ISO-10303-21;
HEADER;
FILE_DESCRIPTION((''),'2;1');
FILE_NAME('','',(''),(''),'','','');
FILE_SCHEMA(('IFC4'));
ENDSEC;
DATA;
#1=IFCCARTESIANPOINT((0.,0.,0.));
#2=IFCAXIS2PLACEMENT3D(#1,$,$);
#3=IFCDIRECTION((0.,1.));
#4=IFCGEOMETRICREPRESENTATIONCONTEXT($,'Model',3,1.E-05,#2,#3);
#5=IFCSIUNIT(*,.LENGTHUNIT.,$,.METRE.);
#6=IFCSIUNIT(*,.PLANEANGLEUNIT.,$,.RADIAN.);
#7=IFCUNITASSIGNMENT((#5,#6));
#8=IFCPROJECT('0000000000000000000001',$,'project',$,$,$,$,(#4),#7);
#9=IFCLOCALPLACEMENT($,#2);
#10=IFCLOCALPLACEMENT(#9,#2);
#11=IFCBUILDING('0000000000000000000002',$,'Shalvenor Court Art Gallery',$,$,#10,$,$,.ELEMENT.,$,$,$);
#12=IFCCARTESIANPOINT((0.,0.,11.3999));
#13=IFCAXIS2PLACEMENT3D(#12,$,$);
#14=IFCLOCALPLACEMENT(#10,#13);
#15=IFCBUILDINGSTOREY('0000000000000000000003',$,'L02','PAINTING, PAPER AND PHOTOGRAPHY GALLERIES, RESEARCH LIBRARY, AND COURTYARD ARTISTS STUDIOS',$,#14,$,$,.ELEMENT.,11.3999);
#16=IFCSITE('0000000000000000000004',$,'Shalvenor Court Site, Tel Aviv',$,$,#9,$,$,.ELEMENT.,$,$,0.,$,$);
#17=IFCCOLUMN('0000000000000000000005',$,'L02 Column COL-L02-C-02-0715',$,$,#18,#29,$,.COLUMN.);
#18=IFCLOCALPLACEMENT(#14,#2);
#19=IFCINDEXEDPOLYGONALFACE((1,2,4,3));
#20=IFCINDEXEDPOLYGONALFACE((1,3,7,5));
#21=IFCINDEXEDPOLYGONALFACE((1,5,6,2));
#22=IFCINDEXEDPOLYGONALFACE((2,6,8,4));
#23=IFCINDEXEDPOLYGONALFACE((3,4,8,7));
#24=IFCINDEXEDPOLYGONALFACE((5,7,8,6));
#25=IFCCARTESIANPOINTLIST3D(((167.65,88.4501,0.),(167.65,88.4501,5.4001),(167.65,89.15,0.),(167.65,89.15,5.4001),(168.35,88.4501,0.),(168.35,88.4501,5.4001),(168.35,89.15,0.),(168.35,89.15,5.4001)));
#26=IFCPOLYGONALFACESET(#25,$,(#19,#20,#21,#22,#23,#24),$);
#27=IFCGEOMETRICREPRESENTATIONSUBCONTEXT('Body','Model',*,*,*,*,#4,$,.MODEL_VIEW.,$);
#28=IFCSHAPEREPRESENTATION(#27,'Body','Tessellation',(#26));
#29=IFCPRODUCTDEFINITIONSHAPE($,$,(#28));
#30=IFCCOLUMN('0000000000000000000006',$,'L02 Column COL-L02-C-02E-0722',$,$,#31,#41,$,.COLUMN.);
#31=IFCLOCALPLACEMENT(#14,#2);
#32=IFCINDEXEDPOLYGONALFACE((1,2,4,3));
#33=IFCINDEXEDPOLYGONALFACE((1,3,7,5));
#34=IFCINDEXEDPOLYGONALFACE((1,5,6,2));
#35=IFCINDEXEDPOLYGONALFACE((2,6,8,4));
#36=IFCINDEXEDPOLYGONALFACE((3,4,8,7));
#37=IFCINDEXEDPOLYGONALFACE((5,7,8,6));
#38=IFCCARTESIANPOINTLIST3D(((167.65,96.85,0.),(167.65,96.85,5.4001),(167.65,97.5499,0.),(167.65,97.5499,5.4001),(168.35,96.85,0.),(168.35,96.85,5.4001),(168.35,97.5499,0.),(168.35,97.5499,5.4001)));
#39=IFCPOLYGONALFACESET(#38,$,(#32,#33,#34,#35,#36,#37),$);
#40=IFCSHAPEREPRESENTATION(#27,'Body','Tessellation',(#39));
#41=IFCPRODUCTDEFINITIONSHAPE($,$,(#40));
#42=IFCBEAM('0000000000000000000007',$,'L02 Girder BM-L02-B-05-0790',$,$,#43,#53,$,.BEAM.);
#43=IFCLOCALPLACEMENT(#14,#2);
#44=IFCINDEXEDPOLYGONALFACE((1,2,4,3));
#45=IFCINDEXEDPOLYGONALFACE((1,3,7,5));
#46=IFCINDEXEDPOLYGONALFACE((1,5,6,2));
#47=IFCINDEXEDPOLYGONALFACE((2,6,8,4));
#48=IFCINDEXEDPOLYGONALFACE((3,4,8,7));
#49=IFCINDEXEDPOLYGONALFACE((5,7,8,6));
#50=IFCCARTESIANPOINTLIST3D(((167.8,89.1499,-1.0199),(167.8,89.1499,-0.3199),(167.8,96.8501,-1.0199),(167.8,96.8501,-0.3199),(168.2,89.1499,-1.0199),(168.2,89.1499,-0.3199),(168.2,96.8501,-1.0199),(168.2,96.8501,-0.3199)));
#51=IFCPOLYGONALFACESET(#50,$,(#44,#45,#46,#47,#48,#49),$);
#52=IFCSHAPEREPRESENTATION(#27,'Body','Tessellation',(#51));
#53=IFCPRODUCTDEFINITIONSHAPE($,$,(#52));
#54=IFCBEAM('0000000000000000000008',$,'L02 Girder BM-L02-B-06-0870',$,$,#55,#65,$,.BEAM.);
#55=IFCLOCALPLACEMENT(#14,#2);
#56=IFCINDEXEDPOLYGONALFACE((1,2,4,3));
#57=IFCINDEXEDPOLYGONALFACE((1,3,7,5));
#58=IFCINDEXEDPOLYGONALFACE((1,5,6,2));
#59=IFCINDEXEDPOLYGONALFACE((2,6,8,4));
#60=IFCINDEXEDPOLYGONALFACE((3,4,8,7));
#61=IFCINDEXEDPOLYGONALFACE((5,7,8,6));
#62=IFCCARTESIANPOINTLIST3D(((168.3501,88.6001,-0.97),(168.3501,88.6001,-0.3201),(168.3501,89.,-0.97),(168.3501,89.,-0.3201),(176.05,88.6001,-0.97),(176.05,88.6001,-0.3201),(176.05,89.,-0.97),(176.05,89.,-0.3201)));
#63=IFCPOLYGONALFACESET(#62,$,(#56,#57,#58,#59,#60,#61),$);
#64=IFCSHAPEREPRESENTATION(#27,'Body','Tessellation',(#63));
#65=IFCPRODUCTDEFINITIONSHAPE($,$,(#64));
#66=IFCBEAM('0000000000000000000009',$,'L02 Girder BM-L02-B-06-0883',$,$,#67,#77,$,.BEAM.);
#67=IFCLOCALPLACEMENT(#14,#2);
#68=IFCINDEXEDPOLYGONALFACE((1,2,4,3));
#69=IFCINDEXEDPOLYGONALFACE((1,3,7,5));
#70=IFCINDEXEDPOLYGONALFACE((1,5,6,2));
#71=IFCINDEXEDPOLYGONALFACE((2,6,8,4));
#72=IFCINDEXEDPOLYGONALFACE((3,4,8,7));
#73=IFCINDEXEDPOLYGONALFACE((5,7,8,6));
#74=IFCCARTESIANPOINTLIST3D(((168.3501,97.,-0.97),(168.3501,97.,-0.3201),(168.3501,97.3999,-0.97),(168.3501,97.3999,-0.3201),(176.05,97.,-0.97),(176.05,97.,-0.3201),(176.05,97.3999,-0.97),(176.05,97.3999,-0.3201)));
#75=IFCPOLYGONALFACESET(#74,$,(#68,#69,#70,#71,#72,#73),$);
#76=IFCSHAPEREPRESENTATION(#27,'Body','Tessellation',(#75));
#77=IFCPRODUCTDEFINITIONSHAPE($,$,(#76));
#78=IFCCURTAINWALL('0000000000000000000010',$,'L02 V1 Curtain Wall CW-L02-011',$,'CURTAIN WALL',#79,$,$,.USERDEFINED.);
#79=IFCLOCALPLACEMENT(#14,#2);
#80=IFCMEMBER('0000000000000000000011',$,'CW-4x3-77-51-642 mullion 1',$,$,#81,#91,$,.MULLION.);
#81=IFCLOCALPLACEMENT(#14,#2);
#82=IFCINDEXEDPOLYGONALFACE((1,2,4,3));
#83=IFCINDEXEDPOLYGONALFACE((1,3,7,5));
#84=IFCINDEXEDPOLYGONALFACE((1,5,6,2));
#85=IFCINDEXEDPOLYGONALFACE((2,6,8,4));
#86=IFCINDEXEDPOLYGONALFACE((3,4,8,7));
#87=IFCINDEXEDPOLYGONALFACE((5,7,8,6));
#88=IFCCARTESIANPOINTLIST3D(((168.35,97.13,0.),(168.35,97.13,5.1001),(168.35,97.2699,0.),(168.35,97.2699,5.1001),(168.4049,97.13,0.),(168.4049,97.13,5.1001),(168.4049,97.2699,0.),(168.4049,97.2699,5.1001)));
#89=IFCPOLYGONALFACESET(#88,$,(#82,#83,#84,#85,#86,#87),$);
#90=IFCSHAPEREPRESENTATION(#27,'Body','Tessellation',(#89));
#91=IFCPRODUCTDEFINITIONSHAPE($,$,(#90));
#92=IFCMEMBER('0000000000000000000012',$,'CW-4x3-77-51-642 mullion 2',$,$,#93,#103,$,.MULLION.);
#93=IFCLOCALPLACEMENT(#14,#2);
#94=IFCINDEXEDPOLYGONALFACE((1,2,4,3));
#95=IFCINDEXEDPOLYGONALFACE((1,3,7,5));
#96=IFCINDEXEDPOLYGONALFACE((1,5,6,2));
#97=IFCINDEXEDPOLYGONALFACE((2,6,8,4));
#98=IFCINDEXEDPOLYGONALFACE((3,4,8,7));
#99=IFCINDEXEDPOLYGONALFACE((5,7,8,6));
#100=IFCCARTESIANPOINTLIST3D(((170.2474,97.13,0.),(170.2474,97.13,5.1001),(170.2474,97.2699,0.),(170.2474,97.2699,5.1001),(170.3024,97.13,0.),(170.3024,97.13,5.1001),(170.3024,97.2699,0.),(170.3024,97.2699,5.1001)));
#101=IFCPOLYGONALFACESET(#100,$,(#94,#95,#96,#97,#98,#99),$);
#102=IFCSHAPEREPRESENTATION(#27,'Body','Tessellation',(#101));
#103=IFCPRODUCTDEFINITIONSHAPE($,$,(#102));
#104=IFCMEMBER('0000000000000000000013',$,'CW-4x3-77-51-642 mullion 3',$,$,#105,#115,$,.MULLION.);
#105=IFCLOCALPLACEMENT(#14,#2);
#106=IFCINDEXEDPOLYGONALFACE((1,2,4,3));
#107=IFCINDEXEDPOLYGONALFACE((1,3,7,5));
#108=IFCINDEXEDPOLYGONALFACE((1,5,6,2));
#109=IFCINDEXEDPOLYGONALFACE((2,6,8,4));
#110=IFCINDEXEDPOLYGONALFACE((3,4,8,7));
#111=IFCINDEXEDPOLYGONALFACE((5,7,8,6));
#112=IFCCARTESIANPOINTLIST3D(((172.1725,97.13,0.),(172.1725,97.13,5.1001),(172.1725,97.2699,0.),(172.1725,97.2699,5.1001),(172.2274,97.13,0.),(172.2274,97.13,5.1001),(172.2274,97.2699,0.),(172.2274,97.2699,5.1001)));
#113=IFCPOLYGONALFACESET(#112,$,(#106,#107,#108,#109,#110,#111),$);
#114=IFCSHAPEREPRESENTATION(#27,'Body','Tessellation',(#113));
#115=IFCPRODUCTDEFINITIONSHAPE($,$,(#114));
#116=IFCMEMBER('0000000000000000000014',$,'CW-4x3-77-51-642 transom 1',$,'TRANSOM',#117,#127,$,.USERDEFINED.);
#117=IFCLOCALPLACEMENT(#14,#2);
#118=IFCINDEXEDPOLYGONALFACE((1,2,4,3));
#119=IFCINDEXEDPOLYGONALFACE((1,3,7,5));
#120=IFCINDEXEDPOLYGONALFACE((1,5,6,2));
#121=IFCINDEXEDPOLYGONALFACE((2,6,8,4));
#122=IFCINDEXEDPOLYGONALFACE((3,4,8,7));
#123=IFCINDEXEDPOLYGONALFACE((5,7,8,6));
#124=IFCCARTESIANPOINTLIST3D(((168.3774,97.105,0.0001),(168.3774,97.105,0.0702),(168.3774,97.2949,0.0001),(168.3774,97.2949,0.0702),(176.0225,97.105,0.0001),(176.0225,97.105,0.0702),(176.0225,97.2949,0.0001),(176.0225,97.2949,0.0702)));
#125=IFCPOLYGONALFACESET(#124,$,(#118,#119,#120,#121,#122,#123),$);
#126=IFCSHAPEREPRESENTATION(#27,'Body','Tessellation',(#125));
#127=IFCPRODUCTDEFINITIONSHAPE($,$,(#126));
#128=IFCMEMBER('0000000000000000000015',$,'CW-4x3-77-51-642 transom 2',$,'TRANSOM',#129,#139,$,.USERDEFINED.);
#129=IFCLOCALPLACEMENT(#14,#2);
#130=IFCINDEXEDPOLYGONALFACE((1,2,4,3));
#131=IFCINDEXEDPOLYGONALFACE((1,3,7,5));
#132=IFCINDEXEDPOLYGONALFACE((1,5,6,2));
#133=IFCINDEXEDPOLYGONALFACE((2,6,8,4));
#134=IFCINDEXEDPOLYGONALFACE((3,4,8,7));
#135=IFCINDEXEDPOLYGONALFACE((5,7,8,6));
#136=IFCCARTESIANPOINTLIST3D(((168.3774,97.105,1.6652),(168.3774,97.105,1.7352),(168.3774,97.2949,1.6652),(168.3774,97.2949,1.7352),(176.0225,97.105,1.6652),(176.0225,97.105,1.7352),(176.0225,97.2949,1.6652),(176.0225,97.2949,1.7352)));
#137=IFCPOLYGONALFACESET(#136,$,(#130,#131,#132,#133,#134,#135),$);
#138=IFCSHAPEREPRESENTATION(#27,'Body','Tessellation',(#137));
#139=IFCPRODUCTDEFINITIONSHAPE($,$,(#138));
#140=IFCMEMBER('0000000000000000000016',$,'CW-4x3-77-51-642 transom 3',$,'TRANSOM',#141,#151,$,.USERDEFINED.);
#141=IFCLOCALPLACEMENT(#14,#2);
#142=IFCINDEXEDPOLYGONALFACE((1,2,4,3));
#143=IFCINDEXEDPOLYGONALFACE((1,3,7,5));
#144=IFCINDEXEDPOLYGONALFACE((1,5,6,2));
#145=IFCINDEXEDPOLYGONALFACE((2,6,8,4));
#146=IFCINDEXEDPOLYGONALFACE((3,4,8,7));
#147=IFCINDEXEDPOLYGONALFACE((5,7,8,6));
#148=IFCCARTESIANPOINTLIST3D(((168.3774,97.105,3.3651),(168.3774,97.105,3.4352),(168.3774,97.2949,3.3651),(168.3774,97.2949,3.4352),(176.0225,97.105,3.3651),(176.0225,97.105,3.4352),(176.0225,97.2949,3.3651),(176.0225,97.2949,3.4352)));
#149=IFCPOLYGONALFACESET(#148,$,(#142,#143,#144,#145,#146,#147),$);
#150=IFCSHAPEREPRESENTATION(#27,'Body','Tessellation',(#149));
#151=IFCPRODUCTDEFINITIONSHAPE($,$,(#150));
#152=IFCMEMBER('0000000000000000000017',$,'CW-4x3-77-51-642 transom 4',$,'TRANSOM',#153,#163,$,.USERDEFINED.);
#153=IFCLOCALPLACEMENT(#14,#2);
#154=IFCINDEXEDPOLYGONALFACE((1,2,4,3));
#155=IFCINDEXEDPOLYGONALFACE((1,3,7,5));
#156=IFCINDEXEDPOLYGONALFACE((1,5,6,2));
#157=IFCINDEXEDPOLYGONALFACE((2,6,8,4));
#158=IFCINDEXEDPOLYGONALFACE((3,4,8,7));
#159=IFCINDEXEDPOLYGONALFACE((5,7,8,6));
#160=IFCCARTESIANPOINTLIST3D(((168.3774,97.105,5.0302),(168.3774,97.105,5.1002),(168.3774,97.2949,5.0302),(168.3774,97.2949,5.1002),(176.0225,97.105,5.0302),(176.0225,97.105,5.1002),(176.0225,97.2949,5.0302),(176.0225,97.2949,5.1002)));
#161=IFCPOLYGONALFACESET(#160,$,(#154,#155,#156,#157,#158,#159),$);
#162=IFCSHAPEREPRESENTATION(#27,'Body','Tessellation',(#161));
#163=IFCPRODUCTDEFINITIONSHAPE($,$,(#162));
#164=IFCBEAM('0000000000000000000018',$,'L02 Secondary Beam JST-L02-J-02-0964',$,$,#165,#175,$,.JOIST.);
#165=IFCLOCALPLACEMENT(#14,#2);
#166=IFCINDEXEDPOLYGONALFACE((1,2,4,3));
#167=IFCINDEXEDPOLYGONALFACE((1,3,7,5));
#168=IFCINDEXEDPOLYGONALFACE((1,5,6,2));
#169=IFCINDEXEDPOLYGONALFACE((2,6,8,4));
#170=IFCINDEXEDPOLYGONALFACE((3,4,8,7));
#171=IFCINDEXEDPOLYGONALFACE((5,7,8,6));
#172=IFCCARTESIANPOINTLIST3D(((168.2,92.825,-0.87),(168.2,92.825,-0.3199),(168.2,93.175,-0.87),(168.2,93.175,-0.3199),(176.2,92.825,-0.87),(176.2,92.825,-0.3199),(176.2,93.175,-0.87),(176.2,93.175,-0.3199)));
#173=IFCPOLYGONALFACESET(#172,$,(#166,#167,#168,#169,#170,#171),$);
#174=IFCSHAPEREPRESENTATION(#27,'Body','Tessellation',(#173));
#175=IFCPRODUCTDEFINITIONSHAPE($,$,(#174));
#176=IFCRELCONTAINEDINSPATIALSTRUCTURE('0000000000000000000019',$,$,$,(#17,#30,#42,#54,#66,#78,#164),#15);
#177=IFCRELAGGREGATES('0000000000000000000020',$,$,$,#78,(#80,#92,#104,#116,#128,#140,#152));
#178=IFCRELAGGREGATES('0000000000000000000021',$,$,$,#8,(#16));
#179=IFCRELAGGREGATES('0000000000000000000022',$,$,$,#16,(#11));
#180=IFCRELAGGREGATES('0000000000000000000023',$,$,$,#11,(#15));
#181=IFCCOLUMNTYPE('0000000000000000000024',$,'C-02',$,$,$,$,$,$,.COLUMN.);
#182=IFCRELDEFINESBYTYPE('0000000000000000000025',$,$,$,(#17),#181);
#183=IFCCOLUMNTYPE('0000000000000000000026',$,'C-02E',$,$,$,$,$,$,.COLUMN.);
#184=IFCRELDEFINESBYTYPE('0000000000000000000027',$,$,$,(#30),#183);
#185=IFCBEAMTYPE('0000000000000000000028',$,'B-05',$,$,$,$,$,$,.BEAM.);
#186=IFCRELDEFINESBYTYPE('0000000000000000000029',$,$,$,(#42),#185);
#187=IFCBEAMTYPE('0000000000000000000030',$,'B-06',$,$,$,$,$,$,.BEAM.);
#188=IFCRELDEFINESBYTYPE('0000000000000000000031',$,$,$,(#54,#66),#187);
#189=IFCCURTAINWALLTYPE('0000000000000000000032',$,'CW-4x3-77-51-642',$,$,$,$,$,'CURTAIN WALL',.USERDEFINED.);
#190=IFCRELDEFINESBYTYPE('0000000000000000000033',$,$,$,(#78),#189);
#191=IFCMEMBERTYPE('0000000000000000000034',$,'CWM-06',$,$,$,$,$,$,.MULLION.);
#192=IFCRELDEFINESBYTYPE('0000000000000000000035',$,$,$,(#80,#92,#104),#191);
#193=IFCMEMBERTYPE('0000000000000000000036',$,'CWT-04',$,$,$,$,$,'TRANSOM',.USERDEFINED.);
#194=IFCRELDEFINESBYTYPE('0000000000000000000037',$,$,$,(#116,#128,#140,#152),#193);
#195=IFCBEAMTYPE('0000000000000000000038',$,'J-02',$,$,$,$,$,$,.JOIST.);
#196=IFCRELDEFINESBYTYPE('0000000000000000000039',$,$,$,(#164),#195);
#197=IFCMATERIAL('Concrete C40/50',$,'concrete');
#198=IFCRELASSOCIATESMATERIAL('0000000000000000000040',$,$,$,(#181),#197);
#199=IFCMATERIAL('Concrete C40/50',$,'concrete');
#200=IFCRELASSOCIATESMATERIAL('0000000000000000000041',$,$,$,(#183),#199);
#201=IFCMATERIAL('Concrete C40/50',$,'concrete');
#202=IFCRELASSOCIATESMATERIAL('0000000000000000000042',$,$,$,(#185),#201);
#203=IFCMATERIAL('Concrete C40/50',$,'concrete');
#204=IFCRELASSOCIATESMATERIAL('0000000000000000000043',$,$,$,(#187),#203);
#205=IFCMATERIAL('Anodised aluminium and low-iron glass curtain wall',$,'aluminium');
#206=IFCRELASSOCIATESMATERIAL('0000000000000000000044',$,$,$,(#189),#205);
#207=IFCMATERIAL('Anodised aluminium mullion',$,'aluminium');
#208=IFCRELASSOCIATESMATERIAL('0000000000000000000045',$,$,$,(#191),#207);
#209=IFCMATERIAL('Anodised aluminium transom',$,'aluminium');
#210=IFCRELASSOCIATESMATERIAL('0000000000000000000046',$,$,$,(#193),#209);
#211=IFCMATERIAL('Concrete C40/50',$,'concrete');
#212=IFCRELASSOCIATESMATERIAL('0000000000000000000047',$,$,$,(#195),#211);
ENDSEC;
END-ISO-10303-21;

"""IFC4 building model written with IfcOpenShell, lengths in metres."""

from ifc_helpers import new_model, si_unit, direction, frame, origin, origin_2d, place, context, subcontext, project, spatial, rectangle, extrude, material, material_profile, profile_set, type_object, element, aggregate, save


model = new_model("IFC4")

# Units and contexts
model_context = context("Model", 3, precision=1e-05, world=origin(), true_north=direction((0.0, 1.0)))
body_context = subcontext(model_context, "Body", "Model", "MODEL_VIEW")
ifc_project = project(units=[si_unit("LENGTHUNIT", "METRE"), si_unit("PLANEANGLEUNIT", "RADIAN")], contexts=[model_context])

# Site, building, storey
site_placement = place(None, origin())
site = spatial("IfcSite", under=ifc_project, at=site_placement, Name="Shalvenor Court Site, Tel Aviv", CompositionType="ELEMENT", RefElevation=0.0)
building_placement = place(site_placement, origin())
building = spatial("IfcBuilding", under=site, at=building_placement, Name="Shalvenor Court Art Gallery", CompositionType="ELEMENT")
storey_placement = place(building_placement, frame((0.0, 0.0, 11.3999)))
storey = spatial("IfcBuildingStorey", under=building, at=storey_placement, Name="L02", Description="PAINTING, PAPER AND PHOTOGRAPHY GALLERIES, RESEARCH LIBRARY, AND COURTYARD ARTISTS STUDIOS", CompositionType="ELEMENT", Elevation=11.3999)

# Columns
ifc_material_1 = material(Name="Concrete C40/50", Category="concrete")
ifc_material_profile_1 = material_profile(ifc_material_1, rectangle(XDim=0.7, YDim=0.7, at=origin_2d()), Name="RC 700x700")
ifc_profile_set_1 = profile_set([ifc_material_profile_1], Name="Concrete C40/50")
column_type_1 = type_object("IfcColumnType", Name="C-02", PredefinedType="COLUMN", material=ifc_profile_set_1)
column_1_placement = place(storey_placement, frame((168.0, 88.8, 0.0), z_axis=(0.0, 0.0, 1.0), x_axis=(1.0, 0.0, 0.0)))
element("IfcColumn", 1, at=column_1_placement, inside=storey, type_object=column_type_1, Name="L02 Column COL-L02-C-02-0715", PredefinedType="COLUMN", context=body_context, shape_type="SweptSolid", body=[
    extrude(rectangle(XDim=0.7, YDim=0.7, at=origin_2d()), origin(), (0.0, 0.0, 1.0), 5.4001),
])
ifc_material_2 = material(Name="Concrete C40/50", Category="concrete")
ifc_material_profile_2 = material_profile(ifc_material_2, rectangle(XDim=0.7, YDim=0.7, at=origin_2d()), Name="RC 700x700")
ifc_profile_set_2 = profile_set([ifc_material_profile_2], Name="Concrete C40/50")
column_type_2 = type_object("IfcColumnType", Name="C-02E", PredefinedType="COLUMN", material=ifc_profile_set_2)
column_2_placement = place(storey_placement, frame((168.0, 97.2, 0.0), z_axis=(0.0, 0.0, 1.0), x_axis=(1.0, 0.0, 0.0)))
element("IfcColumn", 2, at=column_2_placement, inside=storey, type_object=column_type_2, Name="L02 Column COL-L02-C-02E-0722", PredefinedType="COLUMN", context=body_context, shape_type="SweptSolid", body=[
    extrude(rectangle(XDim=0.7, YDim=0.7, at=origin_2d()), origin(), (0.0, 0.0, 1.0), 5.4001),
])

# Beams
ifc_material_3 = material(Name="Concrete C40/50", Category="concrete")
ifc_material_profile_3 = material_profile(ifc_material_3, rectangle(XDim=0.3999, YDim=0.7, at=origin_2d()), Name="RC 400x700")
ifc_profile_set_3 = profile_set([ifc_material_profile_3], Name="Concrete C40/50")
beam_type_1 = type_object("IfcBeamType", Name="B-05", PredefinedType="BEAM", material=ifc_profile_set_3)
beam_1_placement = place(storey_placement, frame((168.0, 89.1499, -0.6699), z_axis=(0.0, 1.0, 0.0), x_axis=(-1.0, 0.0, 0.0)))
element("IfcBeam", 3, at=beam_1_placement, inside=storey, type_object=beam_type_1, Name="L02 Girder BM-L02-B-05-0790", PredefinedType="BEAM", context=body_context, shape_type="SweptSolid", body=[
    extrude(rectangle(XDim=0.3999, YDim=0.7, at=origin_2d()), origin(), (0.0, 0.0, 1.0), 7.7002),
])
ifc_material_4 = material(Name="Concrete C40/50", Category="concrete")
ifc_material_profile_4 = material_profile(ifc_material_4, rectangle(XDim=0.3999, YDim=0.6499, at=origin_2d()), Name="RC 400x650")
ifc_profile_set_4 = profile_set([ifc_material_profile_4], Name="Concrete C40/50")
beam_type_2 = type_object("IfcBeamType", Name="B-06", PredefinedType="BEAM", material=ifc_profile_set_4)
for number, where, z_axis, x_axis, name in (
    (4, (168.3501, 88.8, -0.645), (1.0, 0.0, 0.0), (0.0, 1.0, 0.0), "L02 Girder BM-L02-B-06-0870"),
    (5, (168.3501, 97.2, -0.645), (1.0, 0.0, 0.0), (0.0, 1.0, 0.0), "L02 Girder BM-L02-B-06-0883"),
):
    element("IfcBeam", number, at=place(storey_placement, frame(where, z_axis=z_axis, x_axis=x_axis)), inside=storey, type_object=beam_type_2, Name=name, PredefinedType="BEAM", context=body_context, shape_type="SweptSolid", body=[
        extrude(rectangle(XDim=0.3999, YDim=0.6499, at=origin_2d()), origin(), (0.0, 0.0, 1.0), 7.7),
    ])

# Curtain wall, members
ifc_material_5 = material(Name="Anodised aluminium and low-iron glass curtain wall", Category="aluminium")
curtain_wall_type = type_object("IfcCurtainWallType", Name="CW-4x3-77-51-642", ElementType="CURTAIN WALL", PredefinedType="USERDEFINED", material=ifc_material_5)
curtain_wall_placement = place(storey_placement, origin())
curtain_wall = element("IfcCurtainWall", 6, at=curtain_wall_placement, inside=storey, type_object=curtain_wall_type, Name="L02 V1 Curtain Wall CW-L02-011", ObjectType="CURTAIN WALL", PredefinedType="USERDEFINED")
ifc_material_6 = material(Name="Anodised aluminium mullion", Category="aluminium")
ifc_material_profile_5 = material_profile(ifc_material_6, rectangle(XDim=0.0549, YDim=0.1399, at=origin_2d()), Name="CWM-06")
ifc_profile_set_5 = profile_set([ifc_material_profile_5], Name="Anodised aluminium mullion")
member_type_1 = type_object("IfcMemberType", Name="CWM-06", PredefinedType="MULLION", material=ifc_profile_set_5)
member_1_placement = place(storey_placement, frame((168.3774, 97.2, 0.0), z_axis=(0.0, 0.0, 1.0), x_axis=(1.0, 0.0, 0.0)))
member_1 = element("IfcMember", 7, at=member_1_placement, type_object=member_type_1, Name="CW-4x3-77-51-642 mullion 1", PredefinedType="MULLION", context=body_context, shape_type="SweptSolid", body=[
    extrude(rectangle(XDim=0.0549, YDim=0.1399, at=origin_2d()), origin(), (0.0, 0.0, 1.0), 5.1001),
])
member_2_placement = place(storey_placement, frame((170.2749, 97.2, 0.0), z_axis=(0.0, 0.0, 1.0), x_axis=(1.0, 0.0, 0.0)))
member_2 = element("IfcMember", 8, at=member_2_placement, type_object=member_type_1, Name="CW-4x3-77-51-642 mullion 2", PredefinedType="MULLION", context=body_context, shape_type="SweptSolid", body=[
    extrude(rectangle(XDim=0.0549, YDim=0.1399, at=origin_2d()), origin(), (0.0, 0.0, 1.0), 5.1001),
])
member_3_placement = place(storey_placement, frame((172.2, 97.2, 0.0), z_axis=(0.0, 0.0, 1.0), x_axis=(1.0, 0.0, 0.0)))
member_3 = element("IfcMember", 9, at=member_3_placement, type_object=member_type_1, Name="CW-4x3-77-51-642 mullion 3", PredefinedType="MULLION", context=body_context, shape_type="SweptSolid", body=[
    extrude(rectangle(XDim=0.0549, YDim=0.1399, at=origin_2d()), origin(), (0.0, 0.0, 1.0), 5.1001),
])
ifc_material_7 = material(Name="Anodised aluminium transom", Category="aluminium")
ifc_material_profile_6 = material_profile(ifc_material_7, rectangle(XDim=0.1899, YDim=0.0701, at=origin_2d()), Name="CWT-04")
ifc_profile_set_6 = profile_set([ifc_material_profile_6], Name="Anodised aluminium transom")
member_type_2 = type_object("IfcMemberType", Name="CWT-04", ElementType="TRANSOM", PredefinedType="USERDEFINED", material=ifc_profile_set_6)
member_4_placement = place(storey_placement, frame((168.3774, 97.2, 0.0352), z_axis=(1.0, 0.0, 0.0), x_axis=(0.0, 1.0, 0.0)))
member_4 = element("IfcMember", 10, at=member_4_placement, type_object=member_type_2, Name="CW-4x3-77-51-642 transom 1", ObjectType="TRANSOM", PredefinedType="USERDEFINED", context=body_context, shape_type="SweptSolid", body=[
    extrude(rectangle(XDim=0.1899, YDim=0.0701, at=origin_2d()), origin(), (0.0, 0.0, 1.0), 7.645),
])
member_5_placement = place(storey_placement, frame((168.3774, 97.2, 1.7002), z_axis=(1.0, 0.0, 0.0), x_axis=(0.0, 1.0, 0.0)))
member_5 = element("IfcMember", 11, at=member_5_placement, type_object=member_type_2, Name="CW-4x3-77-51-642 transom 2", ObjectType="TRANSOM", PredefinedType="USERDEFINED", context=body_context, shape_type="SweptSolid", body=[
    extrude(rectangle(XDim=0.1899, YDim=0.0701, at=origin_2d()), origin(), (0.0, 0.0, 1.0), 7.645),
])
member_6_placement = place(storey_placement, frame((168.3774, 97.2, 3.4001), z_axis=(1.0, 0.0, 0.0), x_axis=(0.0, 1.0, 0.0)))
member_6 = element("IfcMember", 12, at=member_6_placement, type_object=member_type_2, Name="CW-4x3-77-51-642 transom 3", ObjectType="TRANSOM", PredefinedType="USERDEFINED", context=body_context, shape_type="SweptSolid", body=[
    extrude(rectangle(XDim=0.1899, YDim=0.0701, at=origin_2d()), origin(), (0.0, 0.0, 1.0), 7.645),
])
member_7_placement = place(storey_placement, frame((168.3774, 97.2, 5.0652), z_axis=(1.0, 0.0, 0.0), x_axis=(0.0, 1.0, 0.0)))
member_7 = element("IfcMember", 13, at=member_7_placement, type_object=member_type_2, Name="CW-4x3-77-51-642 transom 4", ObjectType="TRANSOM", PredefinedType="USERDEFINED", context=body_context, shape_type="SweptSolid", body=[
    extrude(rectangle(XDim=0.1899, YDim=0.0701, at=origin_2d()), origin(), (0.0, 0.0, 1.0), 7.645),
])

# Beam
ifc_material_8 = material(Name="Concrete C40/50", Category="concrete")
ifc_material_profile_7 = material_profile(ifc_material_8, rectangle(XDim=0.3501, YDim=0.55, at=origin_2d()), Name="RC 350x550")
ifc_profile_set_7 = profile_set([ifc_material_profile_7], Name="Concrete C40/50")
beam_type_3 = type_object("IfcBeamType", Name="J-02", PredefinedType="JOIST", material=ifc_profile_set_7)
beam_2_placement = place(storey_placement, frame((168.2, 93.0, -0.595), z_axis=(1.0, 0.0, 0.0), x_axis=(0.0, 1.0, 0.0)))
element("IfcBeam", 14, at=beam_2_placement, inside=storey, type_object=beam_type_3, Name="L02 Secondary Beam JST-L02-J-02-0964", PredefinedType="JOIST", context=body_context, shape_type="SweptSolid", body=[
    extrude(rectangle(XDim=0.3501, YDim=0.55, at=origin_2d()), origin(), (0.0, 0.0, 1.0), 8.0),
])

aggregate(curtain_wall, [member_1, member_2, member_3, member_4, member_5, member_6, member_7])

save(model, "model.ifc")
